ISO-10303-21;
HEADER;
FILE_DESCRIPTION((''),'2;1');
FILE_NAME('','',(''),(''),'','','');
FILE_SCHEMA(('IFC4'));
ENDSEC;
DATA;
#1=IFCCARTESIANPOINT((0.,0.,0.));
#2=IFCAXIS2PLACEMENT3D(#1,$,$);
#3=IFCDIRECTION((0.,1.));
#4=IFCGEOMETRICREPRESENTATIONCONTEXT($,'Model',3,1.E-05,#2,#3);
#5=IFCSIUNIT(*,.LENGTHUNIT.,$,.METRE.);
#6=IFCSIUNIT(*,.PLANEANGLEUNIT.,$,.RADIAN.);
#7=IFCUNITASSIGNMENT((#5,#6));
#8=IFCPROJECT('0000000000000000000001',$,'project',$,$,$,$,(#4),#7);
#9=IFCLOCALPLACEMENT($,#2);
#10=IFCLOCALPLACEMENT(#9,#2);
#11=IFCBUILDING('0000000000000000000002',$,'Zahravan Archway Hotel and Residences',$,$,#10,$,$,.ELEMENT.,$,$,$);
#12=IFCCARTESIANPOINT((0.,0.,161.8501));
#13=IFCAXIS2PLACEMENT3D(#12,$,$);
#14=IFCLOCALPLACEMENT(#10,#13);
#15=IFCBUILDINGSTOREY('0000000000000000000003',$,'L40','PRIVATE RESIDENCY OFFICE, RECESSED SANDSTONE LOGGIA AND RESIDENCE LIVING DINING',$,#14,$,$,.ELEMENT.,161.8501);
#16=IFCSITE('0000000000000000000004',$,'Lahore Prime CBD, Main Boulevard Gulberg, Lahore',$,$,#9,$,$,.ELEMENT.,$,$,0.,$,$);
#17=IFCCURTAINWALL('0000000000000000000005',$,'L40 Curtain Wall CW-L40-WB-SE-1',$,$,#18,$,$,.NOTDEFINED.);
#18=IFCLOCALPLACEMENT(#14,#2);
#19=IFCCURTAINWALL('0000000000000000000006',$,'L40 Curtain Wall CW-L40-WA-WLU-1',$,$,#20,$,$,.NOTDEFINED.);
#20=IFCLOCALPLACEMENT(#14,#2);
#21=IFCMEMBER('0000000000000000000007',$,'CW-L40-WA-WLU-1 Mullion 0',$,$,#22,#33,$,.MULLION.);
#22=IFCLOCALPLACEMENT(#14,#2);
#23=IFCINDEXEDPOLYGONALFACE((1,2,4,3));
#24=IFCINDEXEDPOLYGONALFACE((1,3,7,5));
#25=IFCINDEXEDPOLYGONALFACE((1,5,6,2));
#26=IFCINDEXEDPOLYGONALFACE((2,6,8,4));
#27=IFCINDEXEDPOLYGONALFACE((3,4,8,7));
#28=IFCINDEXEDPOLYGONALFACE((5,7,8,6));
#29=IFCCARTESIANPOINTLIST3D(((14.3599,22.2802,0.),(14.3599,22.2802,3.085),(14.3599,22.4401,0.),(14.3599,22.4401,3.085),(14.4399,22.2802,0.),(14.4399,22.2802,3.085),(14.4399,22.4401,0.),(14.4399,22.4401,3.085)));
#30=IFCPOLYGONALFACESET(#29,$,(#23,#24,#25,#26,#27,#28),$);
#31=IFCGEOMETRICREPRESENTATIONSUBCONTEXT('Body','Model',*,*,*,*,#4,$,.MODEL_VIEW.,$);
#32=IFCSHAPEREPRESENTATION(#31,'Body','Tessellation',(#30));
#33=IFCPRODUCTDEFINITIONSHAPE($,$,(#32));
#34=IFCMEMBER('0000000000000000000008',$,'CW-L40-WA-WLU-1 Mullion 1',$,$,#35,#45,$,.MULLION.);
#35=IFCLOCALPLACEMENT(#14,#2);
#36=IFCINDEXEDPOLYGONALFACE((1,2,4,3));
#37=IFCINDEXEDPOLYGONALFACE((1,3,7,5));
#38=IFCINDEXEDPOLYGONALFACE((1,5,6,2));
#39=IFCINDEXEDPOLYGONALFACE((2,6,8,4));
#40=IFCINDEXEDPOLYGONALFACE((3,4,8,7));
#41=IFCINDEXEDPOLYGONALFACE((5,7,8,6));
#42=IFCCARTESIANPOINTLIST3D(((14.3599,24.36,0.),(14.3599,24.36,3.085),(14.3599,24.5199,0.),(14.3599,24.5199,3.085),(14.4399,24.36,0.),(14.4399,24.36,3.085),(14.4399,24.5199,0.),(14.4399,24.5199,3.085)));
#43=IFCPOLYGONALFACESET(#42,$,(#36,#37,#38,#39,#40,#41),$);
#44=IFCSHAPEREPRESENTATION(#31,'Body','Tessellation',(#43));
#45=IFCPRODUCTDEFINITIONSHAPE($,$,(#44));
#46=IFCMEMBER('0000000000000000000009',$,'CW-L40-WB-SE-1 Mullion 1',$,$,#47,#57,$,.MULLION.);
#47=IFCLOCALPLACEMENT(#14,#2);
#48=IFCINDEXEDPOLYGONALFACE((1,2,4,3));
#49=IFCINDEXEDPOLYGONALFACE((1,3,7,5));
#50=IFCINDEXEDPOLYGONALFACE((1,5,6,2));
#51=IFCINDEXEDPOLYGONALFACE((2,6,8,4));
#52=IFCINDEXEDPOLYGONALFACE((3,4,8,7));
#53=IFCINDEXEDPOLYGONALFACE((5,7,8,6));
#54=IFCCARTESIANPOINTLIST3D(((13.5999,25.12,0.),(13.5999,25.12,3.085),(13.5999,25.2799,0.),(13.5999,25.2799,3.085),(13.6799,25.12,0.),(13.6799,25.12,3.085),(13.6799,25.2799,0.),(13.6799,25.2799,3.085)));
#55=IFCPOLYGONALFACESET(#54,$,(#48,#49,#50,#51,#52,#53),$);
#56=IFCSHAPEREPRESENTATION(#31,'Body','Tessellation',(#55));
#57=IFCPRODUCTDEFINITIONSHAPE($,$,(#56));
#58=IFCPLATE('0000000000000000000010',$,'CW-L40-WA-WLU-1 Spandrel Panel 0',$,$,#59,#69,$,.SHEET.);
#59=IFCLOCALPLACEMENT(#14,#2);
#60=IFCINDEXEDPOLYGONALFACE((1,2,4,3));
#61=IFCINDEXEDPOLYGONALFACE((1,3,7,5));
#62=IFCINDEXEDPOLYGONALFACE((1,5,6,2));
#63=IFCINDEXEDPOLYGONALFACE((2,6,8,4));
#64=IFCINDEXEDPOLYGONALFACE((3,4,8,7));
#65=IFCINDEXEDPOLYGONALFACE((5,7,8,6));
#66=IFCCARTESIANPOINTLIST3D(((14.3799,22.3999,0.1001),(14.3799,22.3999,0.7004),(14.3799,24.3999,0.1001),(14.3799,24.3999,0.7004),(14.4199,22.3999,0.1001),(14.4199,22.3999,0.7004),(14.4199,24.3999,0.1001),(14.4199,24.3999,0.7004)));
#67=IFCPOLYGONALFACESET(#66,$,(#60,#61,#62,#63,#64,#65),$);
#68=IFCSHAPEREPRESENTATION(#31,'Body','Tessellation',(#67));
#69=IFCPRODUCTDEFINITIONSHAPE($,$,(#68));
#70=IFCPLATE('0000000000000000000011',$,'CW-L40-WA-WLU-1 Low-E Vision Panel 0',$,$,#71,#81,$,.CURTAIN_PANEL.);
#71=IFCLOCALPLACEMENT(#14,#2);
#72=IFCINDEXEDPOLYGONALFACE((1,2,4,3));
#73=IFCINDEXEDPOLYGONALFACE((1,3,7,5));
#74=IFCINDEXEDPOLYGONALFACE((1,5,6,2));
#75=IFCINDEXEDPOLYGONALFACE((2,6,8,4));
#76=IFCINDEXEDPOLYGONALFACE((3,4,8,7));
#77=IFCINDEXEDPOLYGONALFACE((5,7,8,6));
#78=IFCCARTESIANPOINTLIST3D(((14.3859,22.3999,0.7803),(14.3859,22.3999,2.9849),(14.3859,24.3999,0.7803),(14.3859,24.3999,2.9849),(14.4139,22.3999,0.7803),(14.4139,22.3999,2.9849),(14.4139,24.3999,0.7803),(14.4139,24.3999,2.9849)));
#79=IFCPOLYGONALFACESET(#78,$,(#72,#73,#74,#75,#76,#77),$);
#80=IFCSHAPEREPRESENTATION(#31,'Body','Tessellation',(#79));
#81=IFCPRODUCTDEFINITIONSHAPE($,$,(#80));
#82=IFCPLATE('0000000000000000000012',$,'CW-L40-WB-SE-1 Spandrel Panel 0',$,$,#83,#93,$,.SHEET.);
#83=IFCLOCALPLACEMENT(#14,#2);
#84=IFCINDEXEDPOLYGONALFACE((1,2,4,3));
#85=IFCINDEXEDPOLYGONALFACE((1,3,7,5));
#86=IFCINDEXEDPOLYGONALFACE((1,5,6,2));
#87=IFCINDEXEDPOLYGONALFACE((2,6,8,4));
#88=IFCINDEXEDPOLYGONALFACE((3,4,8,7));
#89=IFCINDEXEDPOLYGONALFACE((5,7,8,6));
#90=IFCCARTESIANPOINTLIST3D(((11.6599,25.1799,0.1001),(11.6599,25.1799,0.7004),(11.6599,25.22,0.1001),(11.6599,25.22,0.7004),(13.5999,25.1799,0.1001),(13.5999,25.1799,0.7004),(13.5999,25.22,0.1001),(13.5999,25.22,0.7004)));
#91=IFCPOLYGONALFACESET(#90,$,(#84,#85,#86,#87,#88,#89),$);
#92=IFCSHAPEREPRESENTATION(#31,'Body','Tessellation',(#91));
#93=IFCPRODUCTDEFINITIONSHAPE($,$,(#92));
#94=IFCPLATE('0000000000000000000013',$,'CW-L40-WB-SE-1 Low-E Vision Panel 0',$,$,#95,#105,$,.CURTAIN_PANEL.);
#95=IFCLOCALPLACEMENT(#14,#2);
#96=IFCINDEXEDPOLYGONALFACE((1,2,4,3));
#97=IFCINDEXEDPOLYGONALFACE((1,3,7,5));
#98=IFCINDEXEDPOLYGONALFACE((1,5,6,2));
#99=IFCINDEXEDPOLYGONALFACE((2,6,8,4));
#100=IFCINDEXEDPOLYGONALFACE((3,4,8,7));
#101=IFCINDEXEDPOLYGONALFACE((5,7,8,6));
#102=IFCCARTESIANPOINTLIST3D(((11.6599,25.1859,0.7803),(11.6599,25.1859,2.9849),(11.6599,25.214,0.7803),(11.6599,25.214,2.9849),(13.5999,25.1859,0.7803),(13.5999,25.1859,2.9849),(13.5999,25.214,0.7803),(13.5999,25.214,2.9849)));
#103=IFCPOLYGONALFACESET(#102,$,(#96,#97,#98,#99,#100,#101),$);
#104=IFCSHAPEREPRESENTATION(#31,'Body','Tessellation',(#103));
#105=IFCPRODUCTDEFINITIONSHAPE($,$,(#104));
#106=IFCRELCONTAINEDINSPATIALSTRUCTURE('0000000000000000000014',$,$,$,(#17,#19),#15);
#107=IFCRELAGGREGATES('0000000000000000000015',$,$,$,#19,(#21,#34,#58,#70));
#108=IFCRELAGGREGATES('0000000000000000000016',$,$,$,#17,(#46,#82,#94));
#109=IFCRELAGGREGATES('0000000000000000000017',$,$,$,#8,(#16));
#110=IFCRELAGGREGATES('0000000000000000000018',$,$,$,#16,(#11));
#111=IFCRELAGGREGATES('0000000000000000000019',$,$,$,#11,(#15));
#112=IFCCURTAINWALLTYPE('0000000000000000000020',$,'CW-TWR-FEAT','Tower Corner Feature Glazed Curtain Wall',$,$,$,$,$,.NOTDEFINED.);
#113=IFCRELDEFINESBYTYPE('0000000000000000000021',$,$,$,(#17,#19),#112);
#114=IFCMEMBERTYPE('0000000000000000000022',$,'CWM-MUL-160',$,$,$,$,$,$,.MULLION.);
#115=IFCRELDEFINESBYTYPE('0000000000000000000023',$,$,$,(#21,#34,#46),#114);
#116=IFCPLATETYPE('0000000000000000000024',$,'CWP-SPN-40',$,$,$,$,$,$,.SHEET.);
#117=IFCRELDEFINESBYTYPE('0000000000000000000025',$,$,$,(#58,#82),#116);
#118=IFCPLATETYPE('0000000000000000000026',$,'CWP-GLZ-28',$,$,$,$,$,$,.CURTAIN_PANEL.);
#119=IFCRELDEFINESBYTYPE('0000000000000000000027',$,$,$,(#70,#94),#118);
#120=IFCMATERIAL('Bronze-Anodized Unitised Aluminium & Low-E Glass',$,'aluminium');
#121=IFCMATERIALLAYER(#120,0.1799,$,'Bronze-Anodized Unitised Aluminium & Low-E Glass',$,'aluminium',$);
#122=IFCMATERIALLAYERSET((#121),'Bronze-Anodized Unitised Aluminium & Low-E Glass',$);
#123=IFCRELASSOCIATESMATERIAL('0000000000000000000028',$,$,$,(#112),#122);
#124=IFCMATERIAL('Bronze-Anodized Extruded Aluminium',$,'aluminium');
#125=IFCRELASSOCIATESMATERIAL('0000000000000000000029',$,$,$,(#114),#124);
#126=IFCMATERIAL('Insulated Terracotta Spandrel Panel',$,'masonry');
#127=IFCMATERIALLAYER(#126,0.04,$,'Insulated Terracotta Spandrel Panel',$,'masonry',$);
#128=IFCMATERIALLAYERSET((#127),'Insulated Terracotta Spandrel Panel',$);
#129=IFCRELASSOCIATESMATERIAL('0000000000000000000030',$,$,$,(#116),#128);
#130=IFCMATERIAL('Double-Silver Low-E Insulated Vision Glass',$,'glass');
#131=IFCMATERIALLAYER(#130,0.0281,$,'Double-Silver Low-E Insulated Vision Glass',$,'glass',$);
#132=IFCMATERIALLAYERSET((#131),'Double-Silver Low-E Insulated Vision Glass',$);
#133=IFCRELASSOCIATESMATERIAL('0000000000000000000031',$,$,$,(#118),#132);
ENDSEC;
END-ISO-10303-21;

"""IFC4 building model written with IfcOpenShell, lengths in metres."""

from ifc_helpers import new_model, si_unit, direction, frame, origin, origin_2d, place, context, subcontext, project, spatial, rectangle, extrude, source, transform, mapped, material, layer, layer_set, material_profile, profile_set, type_object, element, aggregate, save


model = new_model("IFC4")

# Units and contexts
model_context = context("Model", 3, precision=1e-05, world=origin(), true_north=direction((0.0, 1.0)))
body_context = subcontext(model_context, "Body", "Model", "MODEL_VIEW")
ifc_project = project(units=[si_unit("LENGTHUNIT", "METRE"), si_unit("PLANEANGLEUNIT", "RADIAN")], contexts=[model_context])

# Site, building, storey
site_placement = place(None, origin())
site = spatial("IfcSite", under=ifc_project, at=site_placement, Name="Lahore Prime CBD, Main Boulevard Gulberg, Lahore", CompositionType="ELEMENT", RefElevation=0.0)
building_placement = place(site_placement, origin())
building = spatial("IfcBuilding", under=site, at=building_placement, Name="Zahravan Archway Hotel and Residences", CompositionType="ELEMENT")
storey_placement = place(building_placement, frame((0.0, 0.0, 161.8501)))
storey = spatial("IfcBuildingStorey", under=building, at=storey_placement, Name="L40", Description="PRIVATE RESIDENCY OFFICE, RECESSED SANDSTONE LOGGIA AND RESIDENCE LIVING DINING", CompositionType="ELEMENT", Elevation=161.8501)

# Curtain walls, members
ifc_material_1 = material(Name="Bronze-Anodized Unitised Aluminium & Low-E Glass", Category="aluminium")
ifc_layer_1 = layer(ifc_material_1, 0.1799, Name="Bronze-Anodized Unitised Aluminium & Low-E Glass", Category="aluminium")
ifc_layer_set_1 = layer_set([ifc_layer_1], Name="Bronze-Anodized Unitised Aluminium & Low-E Glass")
curtain_wall_type = type_object("IfcCurtainWallType", Name="CW-TWR-FEAT", Description="Tower Corner Feature Glazed Curtain Wall", PredefinedType="NOTDEFINED", material=ifc_layer_set_1)
curtain_wall_1_placement = place(storey_placement, origin())
curtain_wall_1 = element("IfcCurtainWall", 1, at=curtain_wall_1_placement, inside=storey, type_object=curtain_wall_type, Name="L40 Curtain Wall CW-L40-WB-SE-1", PredefinedType="NOTDEFINED")
ifc_material_2 = material(Name="Bronze-Anodized Extruded Aluminium", Category="aluminium")
curtain_wall_2_placement = place(storey_placement, origin())
curtain_wall_2 = element("IfcCurtainWall", 2, at=curtain_wall_2_placement, inside=storey, type_object=curtain_wall_type, Name="L40 Curtain Wall CW-L40-WA-WLU-1", PredefinedType="NOTDEFINED")
ifc_material_profile_1 = material_profile(ifc_material_2, rectangle(XDim=0.0801, YDim=0.1599, at=origin_2d()), Name="MUL 80x160", Category="aluminium")
ifc_profile_set_1 = profile_set([ifc_material_profile_1], Name="Bronze-Anodized Extruded Aluminium")
member_type_1 = type_object("IfcMemberType", Name="CWM-MUL-160", PredefinedType="MULLION", material=ifc_profile_set_1)
shared_shape_1 = source(origin(), body_context, "Body", "SweptSolid", [
    extrude(rectangle(XDim=0.0801, YDim=0.1599, at=origin_2d()), origin(), (0.0, 0.0, 1.0), 3.085),
])
member_1_placement = place(storey_placement, frame((14.3999, 22.3601, 0.0), z_axis=(0.0, 0.0, 1.0), x_axis=(1.0, 0.0, 0.0)))
member_1 = element("IfcMember", 3, at=member_1_placement, type_object=member_type_1, Name="CW-L40-WA-WLU-1 Mullion 0", PredefinedType="MULLION", context=body_context, shape_type="MappedRepresentation", body=[
    mapped(shared_shape_1, transform((0.0, 0.0, 0.0), scale=1.0)),
])
member_2_placement = place(storey_placement, frame((14.3999, 24.4399, 0.0), z_axis=(0.0, 0.0, 1.0), x_axis=(1.0, 0.0, 0.0)))
member_2 = element("IfcMember", 4, at=member_2_placement, type_object=member_type_1, Name="CW-L40-WA-WLU-1 Mullion 1", PredefinedType="MULLION", context=body_context, shape_type="MappedRepresentation", body=[
    mapped(shared_shape_1, transform((0.0, 0.0, 0.0), scale=1.0)),
])

# Member
member_3_placement = place(storey_placement, frame((13.6399, 25.2, 0.0), z_axis=(0.0, 0.0, 1.0), x_axis=(1.0, 0.0, 0.0)))
member_3 = element("IfcMember", 5, at=member_3_placement, type_object=member_type_1, Name="CW-L40-WB-SE-1 Mullion 1", PredefinedType="MULLION", context=body_context, shape_type="MappedRepresentation", body=[
    mapped(shared_shape_1, transform((0.0, 0.0, 0.0), scale=1.0)),
])

# Plates
ifc_material_3 = material(Name="Insulated Terracotta Spandrel Panel", Category="masonry")
ifc_layer_2 = layer(ifc_material_3, 0.04, Name="Insulated Terracotta Spandrel Panel", Category="masonry")
ifc_layer_set_2 = layer_set([ifc_layer_2], Name="Insulated Terracotta Spandrel Panel")
plate_type_1 = type_object("IfcPlateType", Name="CWP-SPN-40", PredefinedType="SHEET", material=ifc_layer_set_2)
shared_shape_2 = source(origin(), body_context, "Body", "SweptSolid", [
    extrude(rectangle(XDim=2.0, YDim=0.04, at=origin_2d()), origin(), (0.0, 0.0, 1.0), 0.6003),
])
plate_1_placement = place(storey_placement, frame((14.3999, 23.3999, 0.1001), z_axis=(0.0, 0.0, 1.0), x_axis=(0.0, 1.0, 0.0)))
plate_1 = element("IfcPlate", 6, at=plate_1_placement, type_object=plate_type_1, Name="CW-L40-WA-WLU-1 Spandrel Panel 0", PredefinedType="SHEET", context=body_context, shape_type="MappedRepresentation", body=[
    mapped(shared_shape_2, transform((0.0, 0.0, 0.0), scale=1.0)),
])
ifc_material_4 = material(Name="Double-Silver Low-E Insulated Vision Glass", Category="glass")
ifc_layer_3 = layer(ifc_material_4, 0.0281, Name="Double-Silver Low-E Insulated Vision Glass", Category="glass")
ifc_layer_set_3 = layer_set([ifc_layer_3], Name="Double-Silver Low-E Insulated Vision Glass")
plate_type_2 = type_object("IfcPlateType", Name="CWP-GLZ-28", PredefinedType="CURTAIN_PANEL", material=ifc_layer_set_3)
shared_shape_3 = source(origin(), body_context, "Body", "SweptSolid", [
    extrude(rectangle(XDim=2.0, YDim=0.0281, at=origin_2d()), origin(), (0.0, 0.0, 1.0), 2.2046),
])
plate_2_placement = place(storey_placement, frame((14.3999, 23.3999, 0.7803), z_axis=(0.0, 0.0, 1.0), x_axis=(0.0, 1.0, 0.0)))
plate_2 = element("IfcPlate", 7, at=plate_2_placement, type_object=plate_type_2, Name="CW-L40-WA-WLU-1 Low-E Vision Panel 0", PredefinedType="CURTAIN_PANEL", context=body_context, shape_type="MappedRepresentation", body=[
    mapped(shared_shape_3, transform((0.0, 0.0, 0.0), scale=1.0)),
])
aggregate(curtain_wall_2, [member_1, member_2, plate_1, plate_2])
shared_shape_4 = source(origin(), body_context, "Body", "SweptSolid", [
    extrude(rectangle(XDim=1.9399, YDim=0.04, at=origin_2d()), origin(), (0.0, 0.0, 1.0), 0.6003),
])
plate_3_placement = place(storey_placement, frame((12.6299, 25.2, 0.1001), z_axis=(0.0, 0.0, 1.0), x_axis=(1.0, 0.0, 0.0)))
plate_3 = element("IfcPlate", 8, at=plate_3_placement, type_object=plate_type_1, Name="CW-L40-WB-SE-1 Spandrel Panel 0", PredefinedType="SHEET", context=body_context, shape_type="MappedRepresentation", body=[
    mapped(shared_shape_4, transform((0.0, 0.0, 0.0), scale=1.0)),
])
shared_shape_5 = source(origin(), body_context, "Body", "SweptSolid", [
    extrude(rectangle(XDim=1.9399, YDim=0.0281, at=origin_2d()), origin(), (0.0, 0.0, 1.0), 2.2046),
])
plate_4_placement = place(storey_placement, frame((12.6299, 25.2, 0.7803), z_axis=(0.0, 0.0, 1.0), x_axis=(1.0, 0.0, 0.0)))
plate_4 = element("IfcPlate", 9, at=plate_4_placement, type_object=plate_type_2, Name="CW-L40-WB-SE-1 Low-E Vision Panel 0", PredefinedType="CURTAIN_PANEL", context=body_context, shape_type="MappedRepresentation", body=[
    mapped(shared_shape_5, transform((0.0, 0.0, 0.0), scale=1.0)),
])
aggregate(curtain_wall_1, [member_3, plate_3, plate_4])

save(model, "model.ifc")
